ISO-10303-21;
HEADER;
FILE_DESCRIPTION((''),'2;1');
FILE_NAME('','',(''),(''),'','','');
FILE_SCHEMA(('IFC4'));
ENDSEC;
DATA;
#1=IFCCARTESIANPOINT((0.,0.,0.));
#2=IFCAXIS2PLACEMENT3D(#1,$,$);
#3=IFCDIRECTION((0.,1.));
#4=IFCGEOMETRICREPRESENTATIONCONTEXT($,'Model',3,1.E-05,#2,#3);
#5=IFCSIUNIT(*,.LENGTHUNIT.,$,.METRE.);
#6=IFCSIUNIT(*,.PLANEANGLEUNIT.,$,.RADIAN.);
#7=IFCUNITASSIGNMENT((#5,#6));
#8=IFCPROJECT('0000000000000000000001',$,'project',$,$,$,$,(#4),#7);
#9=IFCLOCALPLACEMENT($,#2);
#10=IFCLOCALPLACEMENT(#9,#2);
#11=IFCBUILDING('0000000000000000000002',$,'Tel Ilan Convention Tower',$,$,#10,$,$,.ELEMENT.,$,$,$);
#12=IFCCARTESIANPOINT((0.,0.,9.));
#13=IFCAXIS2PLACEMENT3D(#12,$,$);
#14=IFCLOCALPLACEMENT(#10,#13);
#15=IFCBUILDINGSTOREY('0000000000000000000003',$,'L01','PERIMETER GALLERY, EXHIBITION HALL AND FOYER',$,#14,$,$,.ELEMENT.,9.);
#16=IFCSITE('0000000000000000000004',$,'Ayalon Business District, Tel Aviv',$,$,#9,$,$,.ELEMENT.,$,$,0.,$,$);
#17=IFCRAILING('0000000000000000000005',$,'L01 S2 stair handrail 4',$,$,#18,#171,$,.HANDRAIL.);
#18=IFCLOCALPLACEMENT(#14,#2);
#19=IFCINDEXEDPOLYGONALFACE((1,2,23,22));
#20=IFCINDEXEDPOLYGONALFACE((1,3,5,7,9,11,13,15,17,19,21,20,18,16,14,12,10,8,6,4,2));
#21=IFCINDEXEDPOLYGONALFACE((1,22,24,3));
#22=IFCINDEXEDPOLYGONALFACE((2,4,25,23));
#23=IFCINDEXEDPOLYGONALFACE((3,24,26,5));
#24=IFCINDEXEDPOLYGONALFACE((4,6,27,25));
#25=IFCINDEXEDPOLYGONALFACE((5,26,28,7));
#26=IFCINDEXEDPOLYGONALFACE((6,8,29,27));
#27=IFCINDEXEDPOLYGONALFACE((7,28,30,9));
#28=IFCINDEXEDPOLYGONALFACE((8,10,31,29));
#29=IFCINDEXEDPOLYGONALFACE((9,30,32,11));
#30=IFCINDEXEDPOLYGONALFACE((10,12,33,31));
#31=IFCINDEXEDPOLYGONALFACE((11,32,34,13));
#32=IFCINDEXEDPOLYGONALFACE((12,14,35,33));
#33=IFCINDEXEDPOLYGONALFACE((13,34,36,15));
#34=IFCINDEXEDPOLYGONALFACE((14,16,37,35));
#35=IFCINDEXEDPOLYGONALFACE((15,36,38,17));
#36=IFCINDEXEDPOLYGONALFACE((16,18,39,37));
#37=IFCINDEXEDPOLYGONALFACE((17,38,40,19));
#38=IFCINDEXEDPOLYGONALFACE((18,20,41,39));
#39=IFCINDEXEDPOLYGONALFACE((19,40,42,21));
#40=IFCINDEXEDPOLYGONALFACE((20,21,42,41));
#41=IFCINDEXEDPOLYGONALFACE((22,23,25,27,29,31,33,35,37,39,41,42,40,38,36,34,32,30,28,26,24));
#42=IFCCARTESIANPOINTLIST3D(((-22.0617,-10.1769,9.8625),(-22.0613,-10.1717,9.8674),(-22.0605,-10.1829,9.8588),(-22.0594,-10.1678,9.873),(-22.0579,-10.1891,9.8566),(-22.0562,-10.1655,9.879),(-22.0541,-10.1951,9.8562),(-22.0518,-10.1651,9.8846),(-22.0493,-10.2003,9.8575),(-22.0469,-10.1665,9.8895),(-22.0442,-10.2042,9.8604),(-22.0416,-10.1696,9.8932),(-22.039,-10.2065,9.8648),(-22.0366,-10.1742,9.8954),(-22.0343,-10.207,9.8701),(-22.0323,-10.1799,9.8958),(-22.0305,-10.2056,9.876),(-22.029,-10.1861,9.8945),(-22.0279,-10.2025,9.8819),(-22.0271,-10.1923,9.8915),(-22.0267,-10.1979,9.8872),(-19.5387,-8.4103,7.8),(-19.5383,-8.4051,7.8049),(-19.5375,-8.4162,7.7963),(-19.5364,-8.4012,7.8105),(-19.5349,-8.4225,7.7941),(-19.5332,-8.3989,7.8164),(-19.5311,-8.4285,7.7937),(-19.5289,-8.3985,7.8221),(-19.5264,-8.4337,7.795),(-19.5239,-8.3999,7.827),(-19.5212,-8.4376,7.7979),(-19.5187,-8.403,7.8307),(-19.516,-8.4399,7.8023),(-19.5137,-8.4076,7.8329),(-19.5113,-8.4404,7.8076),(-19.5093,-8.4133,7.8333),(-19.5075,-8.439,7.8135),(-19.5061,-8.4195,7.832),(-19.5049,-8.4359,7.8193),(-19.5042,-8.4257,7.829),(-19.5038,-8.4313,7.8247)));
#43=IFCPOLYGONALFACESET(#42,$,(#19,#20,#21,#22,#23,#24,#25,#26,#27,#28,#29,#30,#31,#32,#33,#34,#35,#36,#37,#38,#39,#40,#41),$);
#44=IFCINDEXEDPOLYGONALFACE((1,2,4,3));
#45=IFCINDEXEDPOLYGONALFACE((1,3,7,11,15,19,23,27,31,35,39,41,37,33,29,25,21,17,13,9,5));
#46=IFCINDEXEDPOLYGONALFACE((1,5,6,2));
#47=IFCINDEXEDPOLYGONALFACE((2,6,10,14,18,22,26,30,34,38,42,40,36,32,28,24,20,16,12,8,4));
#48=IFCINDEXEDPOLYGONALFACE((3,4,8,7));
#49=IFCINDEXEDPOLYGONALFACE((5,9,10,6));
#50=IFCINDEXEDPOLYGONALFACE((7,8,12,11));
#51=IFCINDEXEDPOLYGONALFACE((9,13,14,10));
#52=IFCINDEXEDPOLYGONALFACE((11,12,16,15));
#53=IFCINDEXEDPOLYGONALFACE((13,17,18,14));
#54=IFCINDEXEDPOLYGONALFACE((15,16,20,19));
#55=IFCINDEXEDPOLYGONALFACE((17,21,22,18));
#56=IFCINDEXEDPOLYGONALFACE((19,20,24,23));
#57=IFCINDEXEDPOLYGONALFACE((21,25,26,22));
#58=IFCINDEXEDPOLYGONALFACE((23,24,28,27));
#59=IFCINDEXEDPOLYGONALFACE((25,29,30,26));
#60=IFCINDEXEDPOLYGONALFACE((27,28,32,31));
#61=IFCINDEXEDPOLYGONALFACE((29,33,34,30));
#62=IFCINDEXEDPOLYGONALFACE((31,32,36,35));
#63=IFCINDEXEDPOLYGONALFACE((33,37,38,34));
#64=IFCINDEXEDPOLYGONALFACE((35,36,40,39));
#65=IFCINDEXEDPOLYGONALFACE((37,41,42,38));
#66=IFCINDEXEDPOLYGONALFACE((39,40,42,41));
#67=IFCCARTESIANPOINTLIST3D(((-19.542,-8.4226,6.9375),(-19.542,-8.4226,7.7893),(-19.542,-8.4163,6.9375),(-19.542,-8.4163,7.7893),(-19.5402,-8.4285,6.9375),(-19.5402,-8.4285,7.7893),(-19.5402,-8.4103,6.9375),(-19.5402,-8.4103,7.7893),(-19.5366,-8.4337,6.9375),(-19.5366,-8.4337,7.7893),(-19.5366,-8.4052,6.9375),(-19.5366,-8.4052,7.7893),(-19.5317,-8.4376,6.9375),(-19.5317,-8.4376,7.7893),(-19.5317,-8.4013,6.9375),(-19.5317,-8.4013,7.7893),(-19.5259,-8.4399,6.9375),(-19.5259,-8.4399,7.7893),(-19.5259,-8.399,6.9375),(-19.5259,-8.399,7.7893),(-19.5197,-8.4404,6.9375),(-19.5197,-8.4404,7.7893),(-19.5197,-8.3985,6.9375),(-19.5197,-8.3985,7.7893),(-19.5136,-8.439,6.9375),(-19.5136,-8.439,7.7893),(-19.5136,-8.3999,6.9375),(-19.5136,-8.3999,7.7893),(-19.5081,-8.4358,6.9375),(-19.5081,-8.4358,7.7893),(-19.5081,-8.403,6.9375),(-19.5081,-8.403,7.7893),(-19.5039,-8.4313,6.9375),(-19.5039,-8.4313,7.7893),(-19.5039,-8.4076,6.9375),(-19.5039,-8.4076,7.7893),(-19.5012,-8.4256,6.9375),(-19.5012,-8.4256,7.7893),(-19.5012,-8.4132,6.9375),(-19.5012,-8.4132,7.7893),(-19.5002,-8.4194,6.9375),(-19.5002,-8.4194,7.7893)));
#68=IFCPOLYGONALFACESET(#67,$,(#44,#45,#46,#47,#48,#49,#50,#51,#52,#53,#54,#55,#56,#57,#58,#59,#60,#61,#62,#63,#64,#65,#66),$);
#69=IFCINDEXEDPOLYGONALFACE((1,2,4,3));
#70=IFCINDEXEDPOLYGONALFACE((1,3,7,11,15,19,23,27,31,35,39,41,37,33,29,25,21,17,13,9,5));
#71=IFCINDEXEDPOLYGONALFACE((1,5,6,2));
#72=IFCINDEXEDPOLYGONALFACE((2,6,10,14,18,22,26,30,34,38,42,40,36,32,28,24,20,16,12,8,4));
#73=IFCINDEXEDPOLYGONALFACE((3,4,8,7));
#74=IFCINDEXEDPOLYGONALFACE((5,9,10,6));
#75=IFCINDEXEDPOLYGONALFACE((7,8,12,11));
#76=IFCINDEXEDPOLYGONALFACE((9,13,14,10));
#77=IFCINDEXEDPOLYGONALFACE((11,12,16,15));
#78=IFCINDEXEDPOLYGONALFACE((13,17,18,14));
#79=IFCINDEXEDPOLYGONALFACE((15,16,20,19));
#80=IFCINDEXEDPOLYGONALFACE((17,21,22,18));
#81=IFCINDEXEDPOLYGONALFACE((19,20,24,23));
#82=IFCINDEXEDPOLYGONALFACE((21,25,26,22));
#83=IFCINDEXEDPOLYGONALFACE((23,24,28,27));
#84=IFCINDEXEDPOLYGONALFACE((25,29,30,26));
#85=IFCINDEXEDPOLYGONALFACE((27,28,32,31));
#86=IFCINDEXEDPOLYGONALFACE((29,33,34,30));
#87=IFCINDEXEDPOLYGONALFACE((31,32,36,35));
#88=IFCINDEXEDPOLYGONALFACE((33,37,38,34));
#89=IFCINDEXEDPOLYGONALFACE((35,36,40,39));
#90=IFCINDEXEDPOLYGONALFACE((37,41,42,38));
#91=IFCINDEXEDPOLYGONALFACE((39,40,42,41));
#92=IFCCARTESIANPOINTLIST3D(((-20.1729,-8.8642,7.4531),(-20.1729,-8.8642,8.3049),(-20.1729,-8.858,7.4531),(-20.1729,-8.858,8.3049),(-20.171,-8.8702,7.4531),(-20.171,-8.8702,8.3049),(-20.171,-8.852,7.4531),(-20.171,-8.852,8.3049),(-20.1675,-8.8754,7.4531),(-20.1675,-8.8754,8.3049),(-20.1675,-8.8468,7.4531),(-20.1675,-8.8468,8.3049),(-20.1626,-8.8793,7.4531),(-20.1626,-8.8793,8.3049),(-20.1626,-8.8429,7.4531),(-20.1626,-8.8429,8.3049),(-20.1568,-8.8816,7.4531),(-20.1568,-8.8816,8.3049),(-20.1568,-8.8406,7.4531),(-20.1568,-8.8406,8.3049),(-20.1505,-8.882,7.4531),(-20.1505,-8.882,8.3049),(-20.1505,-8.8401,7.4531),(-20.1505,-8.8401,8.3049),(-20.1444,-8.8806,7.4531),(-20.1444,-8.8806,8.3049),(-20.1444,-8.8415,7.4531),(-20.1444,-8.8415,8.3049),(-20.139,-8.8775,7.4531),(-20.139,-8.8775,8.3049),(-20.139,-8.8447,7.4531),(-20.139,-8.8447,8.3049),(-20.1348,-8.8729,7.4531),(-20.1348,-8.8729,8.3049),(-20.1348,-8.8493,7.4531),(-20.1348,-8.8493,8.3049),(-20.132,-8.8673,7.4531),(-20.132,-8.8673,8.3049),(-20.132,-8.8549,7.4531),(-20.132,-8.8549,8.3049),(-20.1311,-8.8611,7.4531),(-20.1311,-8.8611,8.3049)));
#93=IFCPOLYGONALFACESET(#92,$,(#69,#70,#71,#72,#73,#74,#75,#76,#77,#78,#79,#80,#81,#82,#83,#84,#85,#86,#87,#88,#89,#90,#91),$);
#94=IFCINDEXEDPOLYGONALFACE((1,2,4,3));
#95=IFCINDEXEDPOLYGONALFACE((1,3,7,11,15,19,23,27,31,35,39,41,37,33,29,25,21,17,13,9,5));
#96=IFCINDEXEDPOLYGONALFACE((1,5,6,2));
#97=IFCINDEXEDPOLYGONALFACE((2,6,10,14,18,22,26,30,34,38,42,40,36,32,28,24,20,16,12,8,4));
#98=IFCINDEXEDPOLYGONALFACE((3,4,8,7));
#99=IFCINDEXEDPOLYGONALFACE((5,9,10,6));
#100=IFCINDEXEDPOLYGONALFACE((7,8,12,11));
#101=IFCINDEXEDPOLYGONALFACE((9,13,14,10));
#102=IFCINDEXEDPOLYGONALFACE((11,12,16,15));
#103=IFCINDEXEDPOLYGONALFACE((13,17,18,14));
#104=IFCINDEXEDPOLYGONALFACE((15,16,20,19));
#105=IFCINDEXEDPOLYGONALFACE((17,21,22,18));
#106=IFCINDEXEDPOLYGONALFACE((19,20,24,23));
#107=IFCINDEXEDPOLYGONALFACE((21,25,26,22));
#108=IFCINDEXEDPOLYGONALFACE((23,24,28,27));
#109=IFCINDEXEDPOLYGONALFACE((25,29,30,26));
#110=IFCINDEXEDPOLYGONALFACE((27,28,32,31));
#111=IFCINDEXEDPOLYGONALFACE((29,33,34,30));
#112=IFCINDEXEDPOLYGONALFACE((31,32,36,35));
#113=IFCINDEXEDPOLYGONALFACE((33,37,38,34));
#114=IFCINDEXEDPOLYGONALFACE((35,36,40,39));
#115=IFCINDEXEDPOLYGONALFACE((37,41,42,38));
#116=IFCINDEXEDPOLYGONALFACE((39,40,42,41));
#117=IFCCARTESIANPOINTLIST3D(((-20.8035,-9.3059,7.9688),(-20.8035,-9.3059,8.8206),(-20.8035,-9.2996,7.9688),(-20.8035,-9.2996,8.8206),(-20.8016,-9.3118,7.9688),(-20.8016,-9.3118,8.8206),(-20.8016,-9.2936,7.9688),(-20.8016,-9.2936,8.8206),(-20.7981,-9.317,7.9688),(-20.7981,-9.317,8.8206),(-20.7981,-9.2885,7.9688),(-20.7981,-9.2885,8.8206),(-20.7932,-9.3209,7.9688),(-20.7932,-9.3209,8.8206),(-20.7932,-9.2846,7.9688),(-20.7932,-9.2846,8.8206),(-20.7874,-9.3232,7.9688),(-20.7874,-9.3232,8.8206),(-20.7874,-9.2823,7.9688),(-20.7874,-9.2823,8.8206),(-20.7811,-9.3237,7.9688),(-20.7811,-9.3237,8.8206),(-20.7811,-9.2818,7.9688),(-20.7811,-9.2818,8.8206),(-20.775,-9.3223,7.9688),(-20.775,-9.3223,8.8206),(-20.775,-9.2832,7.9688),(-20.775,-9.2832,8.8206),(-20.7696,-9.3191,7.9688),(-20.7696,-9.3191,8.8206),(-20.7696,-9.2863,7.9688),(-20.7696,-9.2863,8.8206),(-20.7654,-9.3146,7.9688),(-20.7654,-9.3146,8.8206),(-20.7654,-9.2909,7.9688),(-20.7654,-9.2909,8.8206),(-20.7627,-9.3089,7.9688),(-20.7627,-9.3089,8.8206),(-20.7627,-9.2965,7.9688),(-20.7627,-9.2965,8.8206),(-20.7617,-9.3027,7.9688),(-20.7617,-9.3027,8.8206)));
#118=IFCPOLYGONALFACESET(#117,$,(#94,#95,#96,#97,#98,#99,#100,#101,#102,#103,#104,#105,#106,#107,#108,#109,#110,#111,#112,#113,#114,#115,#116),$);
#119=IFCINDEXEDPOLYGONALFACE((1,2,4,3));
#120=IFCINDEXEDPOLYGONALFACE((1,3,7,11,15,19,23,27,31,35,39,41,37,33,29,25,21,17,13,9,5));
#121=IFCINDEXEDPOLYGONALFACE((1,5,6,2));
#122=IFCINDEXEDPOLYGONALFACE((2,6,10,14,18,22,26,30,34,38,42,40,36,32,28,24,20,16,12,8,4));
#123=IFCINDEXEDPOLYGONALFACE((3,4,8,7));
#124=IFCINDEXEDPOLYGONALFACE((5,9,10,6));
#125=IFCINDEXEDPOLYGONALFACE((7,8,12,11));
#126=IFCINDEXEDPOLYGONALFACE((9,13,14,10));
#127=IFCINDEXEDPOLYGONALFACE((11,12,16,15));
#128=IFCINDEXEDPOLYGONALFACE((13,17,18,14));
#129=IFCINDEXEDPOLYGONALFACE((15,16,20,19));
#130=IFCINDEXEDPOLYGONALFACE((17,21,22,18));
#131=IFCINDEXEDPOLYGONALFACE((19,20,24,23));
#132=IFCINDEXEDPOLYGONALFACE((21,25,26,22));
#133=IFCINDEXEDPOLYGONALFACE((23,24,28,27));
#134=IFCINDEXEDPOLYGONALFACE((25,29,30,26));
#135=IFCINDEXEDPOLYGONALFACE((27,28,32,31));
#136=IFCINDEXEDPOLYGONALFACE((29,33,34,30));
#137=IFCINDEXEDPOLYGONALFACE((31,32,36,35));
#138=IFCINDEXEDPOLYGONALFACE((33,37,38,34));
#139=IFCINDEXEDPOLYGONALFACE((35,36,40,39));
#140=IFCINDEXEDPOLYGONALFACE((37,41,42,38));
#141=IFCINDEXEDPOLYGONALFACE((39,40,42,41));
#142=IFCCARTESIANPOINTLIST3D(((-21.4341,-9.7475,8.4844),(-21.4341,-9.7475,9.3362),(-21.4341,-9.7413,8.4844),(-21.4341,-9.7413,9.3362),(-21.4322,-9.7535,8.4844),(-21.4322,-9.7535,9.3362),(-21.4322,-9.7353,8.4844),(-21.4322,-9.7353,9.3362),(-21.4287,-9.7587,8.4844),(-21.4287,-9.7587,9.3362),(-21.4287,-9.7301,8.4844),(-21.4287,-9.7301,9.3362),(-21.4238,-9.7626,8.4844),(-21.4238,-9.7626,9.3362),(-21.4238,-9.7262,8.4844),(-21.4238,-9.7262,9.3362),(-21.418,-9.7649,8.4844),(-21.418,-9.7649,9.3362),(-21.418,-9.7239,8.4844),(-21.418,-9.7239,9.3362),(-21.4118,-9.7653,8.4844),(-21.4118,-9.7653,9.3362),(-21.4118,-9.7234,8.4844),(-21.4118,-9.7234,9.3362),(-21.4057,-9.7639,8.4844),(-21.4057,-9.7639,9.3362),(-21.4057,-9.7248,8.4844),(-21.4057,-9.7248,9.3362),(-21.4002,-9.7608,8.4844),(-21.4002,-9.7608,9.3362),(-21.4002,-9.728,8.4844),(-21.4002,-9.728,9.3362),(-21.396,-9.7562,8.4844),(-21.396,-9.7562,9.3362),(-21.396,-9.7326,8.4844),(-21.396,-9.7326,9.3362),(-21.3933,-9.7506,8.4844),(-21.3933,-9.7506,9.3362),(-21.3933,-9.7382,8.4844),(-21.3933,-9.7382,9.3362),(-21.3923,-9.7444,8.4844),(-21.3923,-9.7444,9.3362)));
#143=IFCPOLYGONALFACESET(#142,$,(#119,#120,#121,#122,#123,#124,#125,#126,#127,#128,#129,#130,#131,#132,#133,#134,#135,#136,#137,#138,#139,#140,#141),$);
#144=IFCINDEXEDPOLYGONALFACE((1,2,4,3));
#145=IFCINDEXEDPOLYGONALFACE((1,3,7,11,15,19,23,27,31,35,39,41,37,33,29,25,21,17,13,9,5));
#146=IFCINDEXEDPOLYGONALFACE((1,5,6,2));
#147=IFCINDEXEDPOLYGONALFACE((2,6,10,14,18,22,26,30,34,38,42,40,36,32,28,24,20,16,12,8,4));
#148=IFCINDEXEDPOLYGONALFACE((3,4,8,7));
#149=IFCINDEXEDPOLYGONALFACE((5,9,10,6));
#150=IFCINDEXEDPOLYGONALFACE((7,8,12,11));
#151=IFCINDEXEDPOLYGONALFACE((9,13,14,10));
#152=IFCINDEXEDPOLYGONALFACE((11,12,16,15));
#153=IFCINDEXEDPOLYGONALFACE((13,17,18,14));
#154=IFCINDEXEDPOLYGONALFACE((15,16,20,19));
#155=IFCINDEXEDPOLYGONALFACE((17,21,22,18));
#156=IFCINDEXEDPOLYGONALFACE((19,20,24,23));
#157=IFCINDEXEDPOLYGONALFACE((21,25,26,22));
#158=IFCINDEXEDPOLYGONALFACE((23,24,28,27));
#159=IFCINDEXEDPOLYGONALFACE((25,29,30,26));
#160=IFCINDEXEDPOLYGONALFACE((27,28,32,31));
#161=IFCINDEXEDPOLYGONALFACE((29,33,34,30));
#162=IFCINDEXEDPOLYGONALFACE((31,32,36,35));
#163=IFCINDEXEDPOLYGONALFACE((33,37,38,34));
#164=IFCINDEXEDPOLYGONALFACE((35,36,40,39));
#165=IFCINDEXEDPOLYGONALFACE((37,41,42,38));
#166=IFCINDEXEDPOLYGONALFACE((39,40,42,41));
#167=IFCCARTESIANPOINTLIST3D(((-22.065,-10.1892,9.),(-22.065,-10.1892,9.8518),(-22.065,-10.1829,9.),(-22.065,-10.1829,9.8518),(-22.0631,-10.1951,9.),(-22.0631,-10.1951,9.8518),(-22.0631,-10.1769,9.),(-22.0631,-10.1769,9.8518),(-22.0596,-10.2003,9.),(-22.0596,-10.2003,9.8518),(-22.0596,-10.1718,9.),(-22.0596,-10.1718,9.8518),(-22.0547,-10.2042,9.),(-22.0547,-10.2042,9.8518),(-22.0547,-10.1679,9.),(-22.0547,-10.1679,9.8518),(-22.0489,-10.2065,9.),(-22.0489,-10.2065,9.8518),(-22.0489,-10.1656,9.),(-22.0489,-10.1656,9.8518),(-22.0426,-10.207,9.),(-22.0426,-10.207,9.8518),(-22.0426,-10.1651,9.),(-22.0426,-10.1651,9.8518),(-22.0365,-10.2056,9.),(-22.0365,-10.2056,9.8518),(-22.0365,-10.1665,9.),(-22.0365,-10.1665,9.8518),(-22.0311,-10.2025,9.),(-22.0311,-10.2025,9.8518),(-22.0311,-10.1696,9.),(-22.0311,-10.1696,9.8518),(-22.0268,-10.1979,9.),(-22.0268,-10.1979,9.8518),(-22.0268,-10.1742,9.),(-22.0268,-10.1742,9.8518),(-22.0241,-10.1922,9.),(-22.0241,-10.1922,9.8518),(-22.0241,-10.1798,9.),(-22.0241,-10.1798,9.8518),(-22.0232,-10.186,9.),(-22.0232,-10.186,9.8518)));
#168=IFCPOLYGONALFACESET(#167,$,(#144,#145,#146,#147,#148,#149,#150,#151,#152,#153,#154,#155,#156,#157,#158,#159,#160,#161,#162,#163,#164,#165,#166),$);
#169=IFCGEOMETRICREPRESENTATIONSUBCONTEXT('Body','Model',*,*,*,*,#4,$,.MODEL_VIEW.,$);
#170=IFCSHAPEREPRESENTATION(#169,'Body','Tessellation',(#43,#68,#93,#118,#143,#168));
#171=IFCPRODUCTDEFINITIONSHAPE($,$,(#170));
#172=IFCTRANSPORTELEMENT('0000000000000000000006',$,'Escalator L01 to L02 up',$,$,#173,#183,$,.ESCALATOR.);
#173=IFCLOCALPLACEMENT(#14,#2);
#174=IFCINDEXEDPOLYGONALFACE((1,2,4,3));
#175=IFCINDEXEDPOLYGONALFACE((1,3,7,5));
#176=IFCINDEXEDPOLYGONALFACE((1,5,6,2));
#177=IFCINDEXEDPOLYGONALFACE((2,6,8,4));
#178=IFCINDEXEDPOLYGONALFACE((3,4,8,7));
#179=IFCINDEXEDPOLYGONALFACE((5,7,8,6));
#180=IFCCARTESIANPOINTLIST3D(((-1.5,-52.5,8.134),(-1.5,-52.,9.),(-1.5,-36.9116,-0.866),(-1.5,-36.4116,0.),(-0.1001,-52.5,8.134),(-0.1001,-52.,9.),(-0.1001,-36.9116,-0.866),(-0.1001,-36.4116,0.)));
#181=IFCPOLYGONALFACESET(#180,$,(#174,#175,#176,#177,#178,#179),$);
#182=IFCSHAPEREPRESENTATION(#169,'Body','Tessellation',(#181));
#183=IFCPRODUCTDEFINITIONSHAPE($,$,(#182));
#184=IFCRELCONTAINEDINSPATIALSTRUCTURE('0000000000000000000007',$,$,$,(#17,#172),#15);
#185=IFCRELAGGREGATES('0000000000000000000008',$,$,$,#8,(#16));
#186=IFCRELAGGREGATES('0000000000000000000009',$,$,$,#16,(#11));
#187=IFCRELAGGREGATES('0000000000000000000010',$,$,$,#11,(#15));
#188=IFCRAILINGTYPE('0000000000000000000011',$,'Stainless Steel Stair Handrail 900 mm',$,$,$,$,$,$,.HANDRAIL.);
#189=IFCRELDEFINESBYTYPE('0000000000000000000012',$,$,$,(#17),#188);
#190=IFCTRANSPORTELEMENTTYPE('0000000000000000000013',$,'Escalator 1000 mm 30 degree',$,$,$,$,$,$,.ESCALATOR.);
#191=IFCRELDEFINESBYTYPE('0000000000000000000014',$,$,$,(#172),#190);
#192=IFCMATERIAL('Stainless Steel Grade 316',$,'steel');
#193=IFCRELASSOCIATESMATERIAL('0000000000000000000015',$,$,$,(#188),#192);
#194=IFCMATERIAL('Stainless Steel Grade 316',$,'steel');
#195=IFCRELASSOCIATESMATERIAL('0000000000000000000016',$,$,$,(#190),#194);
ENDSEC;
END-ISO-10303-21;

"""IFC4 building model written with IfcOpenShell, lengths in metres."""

from ifc_helpers import new_model, si_unit, direction, frame, origin, origin_2d, place, context, subcontext, project, spatial, polyline, circle, outline, extrude, material, type_object, element, save


model = new_model("IFC4")

# Units and contexts
model_context = context("Model", 3, precision=1e-05, world=origin(), true_north=direction((0.0, 1.0)))
body_context = subcontext(model_context, "Body", "Model", "MODEL_VIEW")
ifc_project = project(units=[si_unit("LENGTHUNIT", "METRE"), si_unit("PLANEANGLEUNIT", "RADIAN")], contexts=[model_context])

# Site, building, storey
site_placement = place(None, origin())
site = spatial("IfcSite", under=ifc_project, at=site_placement, Name="Ayalon Business District, Tel Aviv", CompositionType="ELEMENT", RefElevation=0.0)
building_placement = place(site_placement, origin())
building = spatial("IfcBuilding", under=site, at=building_placement, Name="Tel Ilan Convention Tower", CompositionType="ELEMENT")
storey_placement = place(building_placement, frame((0.0, 0.0, 9.0)))
storey = spatial("IfcBuildingStorey", under=building, at=storey_placement, Name="L01", Description="PERIMETER GALLERY, EXHIBITION HALL AND FOYER", CompositionType="ELEMENT", Elevation=9.0)

# Railing
ifc_material_1 = material(Name="Stainless Steel Grade 316", Category="steel")
railing_type_1 = type_object("IfcRailingType", Name="Stainless Steel Stair Handrail 900 mm", PredefinedType="HANDRAIL", material=ifc_material_1)
railing_1_placement = place(storey_placement, frame((-19.5212, -8.4194, 6.9375)))
element("IfcRailing", 1, at=railing_1_placement, inside=storey, type_object=railing_type_1, Name="L01 S2 stair handrail 4", PredefinedType="HANDRAIL", context=body_context, shape_type="SweptSolid", body=[
    extrude(circle(Radius=0.0239, at=origin_2d()), frame((0.0, 0.0, 0.876), z_axis=(-0.680635, -0.476589, 0.556416), x_axis=(0.573579, -0.81915, 0.0)), (0.0, 0.0, 1.0), 3.7068),
    extrude(circle(Radius=0.021, at=origin_2d()), origin(), (0.0, 0.0, 1.0), 0.8518),
    extrude(circle(Radius=0.021, at=origin_2d()), frame((-0.6309, -0.4417, 0.5156)), (0.0, 0.0, 1.0), 0.8518),
    extrude(circle(Radius=0.021, at=origin_2d()), frame((-1.2615, -0.8833, 1.0312)), (0.0, 0.0, 1.0), 0.8518),
    extrude(circle(Radius=0.021, at=origin_2d()), frame((-1.8921, -1.325, 1.5469)), (0.0, 0.0, 1.0), 0.8518),
    extrude(circle(Radius=0.021, at=origin_2d()), frame((-2.5229, -1.7666, 2.0625)), (0.0, 0.0, 1.0), 0.8518),
])

# Transport element
ifc_material_2 = material(Name="Stainless Steel Grade 316", Category="steel")
transport_element_type = type_object("IfcTransportElementType", Name="Escalator 1000 mm 30 degree", PredefinedType="ESCALATOR", material=ifc_material_2)
transport_element_placement = place(storey_placement, frame((-1.5, -36.4116, 0.0), z_axis=(0.0, 0.500002, 0.866024), x_axis=(1.0, 0.0, 0.0)))
element("IfcTransportElement", 2, at=transport_element_placement, inside=storey, type_object=transport_element_type, Name="Escalator L01 to L02 up", PredefinedType="ESCALATOR", context=body_context, shape_type="SweptSolid", body=[
    extrude(outline(polyline([(0.0, 0.0), (1.3999, 0.0), (1.3999, -17.9999), (0.0, -17.9999), (0.0, 0.0)])), origin(), (0.0, 0.0, -1.0), 1.0),
])

save(model, "model.ifc")
